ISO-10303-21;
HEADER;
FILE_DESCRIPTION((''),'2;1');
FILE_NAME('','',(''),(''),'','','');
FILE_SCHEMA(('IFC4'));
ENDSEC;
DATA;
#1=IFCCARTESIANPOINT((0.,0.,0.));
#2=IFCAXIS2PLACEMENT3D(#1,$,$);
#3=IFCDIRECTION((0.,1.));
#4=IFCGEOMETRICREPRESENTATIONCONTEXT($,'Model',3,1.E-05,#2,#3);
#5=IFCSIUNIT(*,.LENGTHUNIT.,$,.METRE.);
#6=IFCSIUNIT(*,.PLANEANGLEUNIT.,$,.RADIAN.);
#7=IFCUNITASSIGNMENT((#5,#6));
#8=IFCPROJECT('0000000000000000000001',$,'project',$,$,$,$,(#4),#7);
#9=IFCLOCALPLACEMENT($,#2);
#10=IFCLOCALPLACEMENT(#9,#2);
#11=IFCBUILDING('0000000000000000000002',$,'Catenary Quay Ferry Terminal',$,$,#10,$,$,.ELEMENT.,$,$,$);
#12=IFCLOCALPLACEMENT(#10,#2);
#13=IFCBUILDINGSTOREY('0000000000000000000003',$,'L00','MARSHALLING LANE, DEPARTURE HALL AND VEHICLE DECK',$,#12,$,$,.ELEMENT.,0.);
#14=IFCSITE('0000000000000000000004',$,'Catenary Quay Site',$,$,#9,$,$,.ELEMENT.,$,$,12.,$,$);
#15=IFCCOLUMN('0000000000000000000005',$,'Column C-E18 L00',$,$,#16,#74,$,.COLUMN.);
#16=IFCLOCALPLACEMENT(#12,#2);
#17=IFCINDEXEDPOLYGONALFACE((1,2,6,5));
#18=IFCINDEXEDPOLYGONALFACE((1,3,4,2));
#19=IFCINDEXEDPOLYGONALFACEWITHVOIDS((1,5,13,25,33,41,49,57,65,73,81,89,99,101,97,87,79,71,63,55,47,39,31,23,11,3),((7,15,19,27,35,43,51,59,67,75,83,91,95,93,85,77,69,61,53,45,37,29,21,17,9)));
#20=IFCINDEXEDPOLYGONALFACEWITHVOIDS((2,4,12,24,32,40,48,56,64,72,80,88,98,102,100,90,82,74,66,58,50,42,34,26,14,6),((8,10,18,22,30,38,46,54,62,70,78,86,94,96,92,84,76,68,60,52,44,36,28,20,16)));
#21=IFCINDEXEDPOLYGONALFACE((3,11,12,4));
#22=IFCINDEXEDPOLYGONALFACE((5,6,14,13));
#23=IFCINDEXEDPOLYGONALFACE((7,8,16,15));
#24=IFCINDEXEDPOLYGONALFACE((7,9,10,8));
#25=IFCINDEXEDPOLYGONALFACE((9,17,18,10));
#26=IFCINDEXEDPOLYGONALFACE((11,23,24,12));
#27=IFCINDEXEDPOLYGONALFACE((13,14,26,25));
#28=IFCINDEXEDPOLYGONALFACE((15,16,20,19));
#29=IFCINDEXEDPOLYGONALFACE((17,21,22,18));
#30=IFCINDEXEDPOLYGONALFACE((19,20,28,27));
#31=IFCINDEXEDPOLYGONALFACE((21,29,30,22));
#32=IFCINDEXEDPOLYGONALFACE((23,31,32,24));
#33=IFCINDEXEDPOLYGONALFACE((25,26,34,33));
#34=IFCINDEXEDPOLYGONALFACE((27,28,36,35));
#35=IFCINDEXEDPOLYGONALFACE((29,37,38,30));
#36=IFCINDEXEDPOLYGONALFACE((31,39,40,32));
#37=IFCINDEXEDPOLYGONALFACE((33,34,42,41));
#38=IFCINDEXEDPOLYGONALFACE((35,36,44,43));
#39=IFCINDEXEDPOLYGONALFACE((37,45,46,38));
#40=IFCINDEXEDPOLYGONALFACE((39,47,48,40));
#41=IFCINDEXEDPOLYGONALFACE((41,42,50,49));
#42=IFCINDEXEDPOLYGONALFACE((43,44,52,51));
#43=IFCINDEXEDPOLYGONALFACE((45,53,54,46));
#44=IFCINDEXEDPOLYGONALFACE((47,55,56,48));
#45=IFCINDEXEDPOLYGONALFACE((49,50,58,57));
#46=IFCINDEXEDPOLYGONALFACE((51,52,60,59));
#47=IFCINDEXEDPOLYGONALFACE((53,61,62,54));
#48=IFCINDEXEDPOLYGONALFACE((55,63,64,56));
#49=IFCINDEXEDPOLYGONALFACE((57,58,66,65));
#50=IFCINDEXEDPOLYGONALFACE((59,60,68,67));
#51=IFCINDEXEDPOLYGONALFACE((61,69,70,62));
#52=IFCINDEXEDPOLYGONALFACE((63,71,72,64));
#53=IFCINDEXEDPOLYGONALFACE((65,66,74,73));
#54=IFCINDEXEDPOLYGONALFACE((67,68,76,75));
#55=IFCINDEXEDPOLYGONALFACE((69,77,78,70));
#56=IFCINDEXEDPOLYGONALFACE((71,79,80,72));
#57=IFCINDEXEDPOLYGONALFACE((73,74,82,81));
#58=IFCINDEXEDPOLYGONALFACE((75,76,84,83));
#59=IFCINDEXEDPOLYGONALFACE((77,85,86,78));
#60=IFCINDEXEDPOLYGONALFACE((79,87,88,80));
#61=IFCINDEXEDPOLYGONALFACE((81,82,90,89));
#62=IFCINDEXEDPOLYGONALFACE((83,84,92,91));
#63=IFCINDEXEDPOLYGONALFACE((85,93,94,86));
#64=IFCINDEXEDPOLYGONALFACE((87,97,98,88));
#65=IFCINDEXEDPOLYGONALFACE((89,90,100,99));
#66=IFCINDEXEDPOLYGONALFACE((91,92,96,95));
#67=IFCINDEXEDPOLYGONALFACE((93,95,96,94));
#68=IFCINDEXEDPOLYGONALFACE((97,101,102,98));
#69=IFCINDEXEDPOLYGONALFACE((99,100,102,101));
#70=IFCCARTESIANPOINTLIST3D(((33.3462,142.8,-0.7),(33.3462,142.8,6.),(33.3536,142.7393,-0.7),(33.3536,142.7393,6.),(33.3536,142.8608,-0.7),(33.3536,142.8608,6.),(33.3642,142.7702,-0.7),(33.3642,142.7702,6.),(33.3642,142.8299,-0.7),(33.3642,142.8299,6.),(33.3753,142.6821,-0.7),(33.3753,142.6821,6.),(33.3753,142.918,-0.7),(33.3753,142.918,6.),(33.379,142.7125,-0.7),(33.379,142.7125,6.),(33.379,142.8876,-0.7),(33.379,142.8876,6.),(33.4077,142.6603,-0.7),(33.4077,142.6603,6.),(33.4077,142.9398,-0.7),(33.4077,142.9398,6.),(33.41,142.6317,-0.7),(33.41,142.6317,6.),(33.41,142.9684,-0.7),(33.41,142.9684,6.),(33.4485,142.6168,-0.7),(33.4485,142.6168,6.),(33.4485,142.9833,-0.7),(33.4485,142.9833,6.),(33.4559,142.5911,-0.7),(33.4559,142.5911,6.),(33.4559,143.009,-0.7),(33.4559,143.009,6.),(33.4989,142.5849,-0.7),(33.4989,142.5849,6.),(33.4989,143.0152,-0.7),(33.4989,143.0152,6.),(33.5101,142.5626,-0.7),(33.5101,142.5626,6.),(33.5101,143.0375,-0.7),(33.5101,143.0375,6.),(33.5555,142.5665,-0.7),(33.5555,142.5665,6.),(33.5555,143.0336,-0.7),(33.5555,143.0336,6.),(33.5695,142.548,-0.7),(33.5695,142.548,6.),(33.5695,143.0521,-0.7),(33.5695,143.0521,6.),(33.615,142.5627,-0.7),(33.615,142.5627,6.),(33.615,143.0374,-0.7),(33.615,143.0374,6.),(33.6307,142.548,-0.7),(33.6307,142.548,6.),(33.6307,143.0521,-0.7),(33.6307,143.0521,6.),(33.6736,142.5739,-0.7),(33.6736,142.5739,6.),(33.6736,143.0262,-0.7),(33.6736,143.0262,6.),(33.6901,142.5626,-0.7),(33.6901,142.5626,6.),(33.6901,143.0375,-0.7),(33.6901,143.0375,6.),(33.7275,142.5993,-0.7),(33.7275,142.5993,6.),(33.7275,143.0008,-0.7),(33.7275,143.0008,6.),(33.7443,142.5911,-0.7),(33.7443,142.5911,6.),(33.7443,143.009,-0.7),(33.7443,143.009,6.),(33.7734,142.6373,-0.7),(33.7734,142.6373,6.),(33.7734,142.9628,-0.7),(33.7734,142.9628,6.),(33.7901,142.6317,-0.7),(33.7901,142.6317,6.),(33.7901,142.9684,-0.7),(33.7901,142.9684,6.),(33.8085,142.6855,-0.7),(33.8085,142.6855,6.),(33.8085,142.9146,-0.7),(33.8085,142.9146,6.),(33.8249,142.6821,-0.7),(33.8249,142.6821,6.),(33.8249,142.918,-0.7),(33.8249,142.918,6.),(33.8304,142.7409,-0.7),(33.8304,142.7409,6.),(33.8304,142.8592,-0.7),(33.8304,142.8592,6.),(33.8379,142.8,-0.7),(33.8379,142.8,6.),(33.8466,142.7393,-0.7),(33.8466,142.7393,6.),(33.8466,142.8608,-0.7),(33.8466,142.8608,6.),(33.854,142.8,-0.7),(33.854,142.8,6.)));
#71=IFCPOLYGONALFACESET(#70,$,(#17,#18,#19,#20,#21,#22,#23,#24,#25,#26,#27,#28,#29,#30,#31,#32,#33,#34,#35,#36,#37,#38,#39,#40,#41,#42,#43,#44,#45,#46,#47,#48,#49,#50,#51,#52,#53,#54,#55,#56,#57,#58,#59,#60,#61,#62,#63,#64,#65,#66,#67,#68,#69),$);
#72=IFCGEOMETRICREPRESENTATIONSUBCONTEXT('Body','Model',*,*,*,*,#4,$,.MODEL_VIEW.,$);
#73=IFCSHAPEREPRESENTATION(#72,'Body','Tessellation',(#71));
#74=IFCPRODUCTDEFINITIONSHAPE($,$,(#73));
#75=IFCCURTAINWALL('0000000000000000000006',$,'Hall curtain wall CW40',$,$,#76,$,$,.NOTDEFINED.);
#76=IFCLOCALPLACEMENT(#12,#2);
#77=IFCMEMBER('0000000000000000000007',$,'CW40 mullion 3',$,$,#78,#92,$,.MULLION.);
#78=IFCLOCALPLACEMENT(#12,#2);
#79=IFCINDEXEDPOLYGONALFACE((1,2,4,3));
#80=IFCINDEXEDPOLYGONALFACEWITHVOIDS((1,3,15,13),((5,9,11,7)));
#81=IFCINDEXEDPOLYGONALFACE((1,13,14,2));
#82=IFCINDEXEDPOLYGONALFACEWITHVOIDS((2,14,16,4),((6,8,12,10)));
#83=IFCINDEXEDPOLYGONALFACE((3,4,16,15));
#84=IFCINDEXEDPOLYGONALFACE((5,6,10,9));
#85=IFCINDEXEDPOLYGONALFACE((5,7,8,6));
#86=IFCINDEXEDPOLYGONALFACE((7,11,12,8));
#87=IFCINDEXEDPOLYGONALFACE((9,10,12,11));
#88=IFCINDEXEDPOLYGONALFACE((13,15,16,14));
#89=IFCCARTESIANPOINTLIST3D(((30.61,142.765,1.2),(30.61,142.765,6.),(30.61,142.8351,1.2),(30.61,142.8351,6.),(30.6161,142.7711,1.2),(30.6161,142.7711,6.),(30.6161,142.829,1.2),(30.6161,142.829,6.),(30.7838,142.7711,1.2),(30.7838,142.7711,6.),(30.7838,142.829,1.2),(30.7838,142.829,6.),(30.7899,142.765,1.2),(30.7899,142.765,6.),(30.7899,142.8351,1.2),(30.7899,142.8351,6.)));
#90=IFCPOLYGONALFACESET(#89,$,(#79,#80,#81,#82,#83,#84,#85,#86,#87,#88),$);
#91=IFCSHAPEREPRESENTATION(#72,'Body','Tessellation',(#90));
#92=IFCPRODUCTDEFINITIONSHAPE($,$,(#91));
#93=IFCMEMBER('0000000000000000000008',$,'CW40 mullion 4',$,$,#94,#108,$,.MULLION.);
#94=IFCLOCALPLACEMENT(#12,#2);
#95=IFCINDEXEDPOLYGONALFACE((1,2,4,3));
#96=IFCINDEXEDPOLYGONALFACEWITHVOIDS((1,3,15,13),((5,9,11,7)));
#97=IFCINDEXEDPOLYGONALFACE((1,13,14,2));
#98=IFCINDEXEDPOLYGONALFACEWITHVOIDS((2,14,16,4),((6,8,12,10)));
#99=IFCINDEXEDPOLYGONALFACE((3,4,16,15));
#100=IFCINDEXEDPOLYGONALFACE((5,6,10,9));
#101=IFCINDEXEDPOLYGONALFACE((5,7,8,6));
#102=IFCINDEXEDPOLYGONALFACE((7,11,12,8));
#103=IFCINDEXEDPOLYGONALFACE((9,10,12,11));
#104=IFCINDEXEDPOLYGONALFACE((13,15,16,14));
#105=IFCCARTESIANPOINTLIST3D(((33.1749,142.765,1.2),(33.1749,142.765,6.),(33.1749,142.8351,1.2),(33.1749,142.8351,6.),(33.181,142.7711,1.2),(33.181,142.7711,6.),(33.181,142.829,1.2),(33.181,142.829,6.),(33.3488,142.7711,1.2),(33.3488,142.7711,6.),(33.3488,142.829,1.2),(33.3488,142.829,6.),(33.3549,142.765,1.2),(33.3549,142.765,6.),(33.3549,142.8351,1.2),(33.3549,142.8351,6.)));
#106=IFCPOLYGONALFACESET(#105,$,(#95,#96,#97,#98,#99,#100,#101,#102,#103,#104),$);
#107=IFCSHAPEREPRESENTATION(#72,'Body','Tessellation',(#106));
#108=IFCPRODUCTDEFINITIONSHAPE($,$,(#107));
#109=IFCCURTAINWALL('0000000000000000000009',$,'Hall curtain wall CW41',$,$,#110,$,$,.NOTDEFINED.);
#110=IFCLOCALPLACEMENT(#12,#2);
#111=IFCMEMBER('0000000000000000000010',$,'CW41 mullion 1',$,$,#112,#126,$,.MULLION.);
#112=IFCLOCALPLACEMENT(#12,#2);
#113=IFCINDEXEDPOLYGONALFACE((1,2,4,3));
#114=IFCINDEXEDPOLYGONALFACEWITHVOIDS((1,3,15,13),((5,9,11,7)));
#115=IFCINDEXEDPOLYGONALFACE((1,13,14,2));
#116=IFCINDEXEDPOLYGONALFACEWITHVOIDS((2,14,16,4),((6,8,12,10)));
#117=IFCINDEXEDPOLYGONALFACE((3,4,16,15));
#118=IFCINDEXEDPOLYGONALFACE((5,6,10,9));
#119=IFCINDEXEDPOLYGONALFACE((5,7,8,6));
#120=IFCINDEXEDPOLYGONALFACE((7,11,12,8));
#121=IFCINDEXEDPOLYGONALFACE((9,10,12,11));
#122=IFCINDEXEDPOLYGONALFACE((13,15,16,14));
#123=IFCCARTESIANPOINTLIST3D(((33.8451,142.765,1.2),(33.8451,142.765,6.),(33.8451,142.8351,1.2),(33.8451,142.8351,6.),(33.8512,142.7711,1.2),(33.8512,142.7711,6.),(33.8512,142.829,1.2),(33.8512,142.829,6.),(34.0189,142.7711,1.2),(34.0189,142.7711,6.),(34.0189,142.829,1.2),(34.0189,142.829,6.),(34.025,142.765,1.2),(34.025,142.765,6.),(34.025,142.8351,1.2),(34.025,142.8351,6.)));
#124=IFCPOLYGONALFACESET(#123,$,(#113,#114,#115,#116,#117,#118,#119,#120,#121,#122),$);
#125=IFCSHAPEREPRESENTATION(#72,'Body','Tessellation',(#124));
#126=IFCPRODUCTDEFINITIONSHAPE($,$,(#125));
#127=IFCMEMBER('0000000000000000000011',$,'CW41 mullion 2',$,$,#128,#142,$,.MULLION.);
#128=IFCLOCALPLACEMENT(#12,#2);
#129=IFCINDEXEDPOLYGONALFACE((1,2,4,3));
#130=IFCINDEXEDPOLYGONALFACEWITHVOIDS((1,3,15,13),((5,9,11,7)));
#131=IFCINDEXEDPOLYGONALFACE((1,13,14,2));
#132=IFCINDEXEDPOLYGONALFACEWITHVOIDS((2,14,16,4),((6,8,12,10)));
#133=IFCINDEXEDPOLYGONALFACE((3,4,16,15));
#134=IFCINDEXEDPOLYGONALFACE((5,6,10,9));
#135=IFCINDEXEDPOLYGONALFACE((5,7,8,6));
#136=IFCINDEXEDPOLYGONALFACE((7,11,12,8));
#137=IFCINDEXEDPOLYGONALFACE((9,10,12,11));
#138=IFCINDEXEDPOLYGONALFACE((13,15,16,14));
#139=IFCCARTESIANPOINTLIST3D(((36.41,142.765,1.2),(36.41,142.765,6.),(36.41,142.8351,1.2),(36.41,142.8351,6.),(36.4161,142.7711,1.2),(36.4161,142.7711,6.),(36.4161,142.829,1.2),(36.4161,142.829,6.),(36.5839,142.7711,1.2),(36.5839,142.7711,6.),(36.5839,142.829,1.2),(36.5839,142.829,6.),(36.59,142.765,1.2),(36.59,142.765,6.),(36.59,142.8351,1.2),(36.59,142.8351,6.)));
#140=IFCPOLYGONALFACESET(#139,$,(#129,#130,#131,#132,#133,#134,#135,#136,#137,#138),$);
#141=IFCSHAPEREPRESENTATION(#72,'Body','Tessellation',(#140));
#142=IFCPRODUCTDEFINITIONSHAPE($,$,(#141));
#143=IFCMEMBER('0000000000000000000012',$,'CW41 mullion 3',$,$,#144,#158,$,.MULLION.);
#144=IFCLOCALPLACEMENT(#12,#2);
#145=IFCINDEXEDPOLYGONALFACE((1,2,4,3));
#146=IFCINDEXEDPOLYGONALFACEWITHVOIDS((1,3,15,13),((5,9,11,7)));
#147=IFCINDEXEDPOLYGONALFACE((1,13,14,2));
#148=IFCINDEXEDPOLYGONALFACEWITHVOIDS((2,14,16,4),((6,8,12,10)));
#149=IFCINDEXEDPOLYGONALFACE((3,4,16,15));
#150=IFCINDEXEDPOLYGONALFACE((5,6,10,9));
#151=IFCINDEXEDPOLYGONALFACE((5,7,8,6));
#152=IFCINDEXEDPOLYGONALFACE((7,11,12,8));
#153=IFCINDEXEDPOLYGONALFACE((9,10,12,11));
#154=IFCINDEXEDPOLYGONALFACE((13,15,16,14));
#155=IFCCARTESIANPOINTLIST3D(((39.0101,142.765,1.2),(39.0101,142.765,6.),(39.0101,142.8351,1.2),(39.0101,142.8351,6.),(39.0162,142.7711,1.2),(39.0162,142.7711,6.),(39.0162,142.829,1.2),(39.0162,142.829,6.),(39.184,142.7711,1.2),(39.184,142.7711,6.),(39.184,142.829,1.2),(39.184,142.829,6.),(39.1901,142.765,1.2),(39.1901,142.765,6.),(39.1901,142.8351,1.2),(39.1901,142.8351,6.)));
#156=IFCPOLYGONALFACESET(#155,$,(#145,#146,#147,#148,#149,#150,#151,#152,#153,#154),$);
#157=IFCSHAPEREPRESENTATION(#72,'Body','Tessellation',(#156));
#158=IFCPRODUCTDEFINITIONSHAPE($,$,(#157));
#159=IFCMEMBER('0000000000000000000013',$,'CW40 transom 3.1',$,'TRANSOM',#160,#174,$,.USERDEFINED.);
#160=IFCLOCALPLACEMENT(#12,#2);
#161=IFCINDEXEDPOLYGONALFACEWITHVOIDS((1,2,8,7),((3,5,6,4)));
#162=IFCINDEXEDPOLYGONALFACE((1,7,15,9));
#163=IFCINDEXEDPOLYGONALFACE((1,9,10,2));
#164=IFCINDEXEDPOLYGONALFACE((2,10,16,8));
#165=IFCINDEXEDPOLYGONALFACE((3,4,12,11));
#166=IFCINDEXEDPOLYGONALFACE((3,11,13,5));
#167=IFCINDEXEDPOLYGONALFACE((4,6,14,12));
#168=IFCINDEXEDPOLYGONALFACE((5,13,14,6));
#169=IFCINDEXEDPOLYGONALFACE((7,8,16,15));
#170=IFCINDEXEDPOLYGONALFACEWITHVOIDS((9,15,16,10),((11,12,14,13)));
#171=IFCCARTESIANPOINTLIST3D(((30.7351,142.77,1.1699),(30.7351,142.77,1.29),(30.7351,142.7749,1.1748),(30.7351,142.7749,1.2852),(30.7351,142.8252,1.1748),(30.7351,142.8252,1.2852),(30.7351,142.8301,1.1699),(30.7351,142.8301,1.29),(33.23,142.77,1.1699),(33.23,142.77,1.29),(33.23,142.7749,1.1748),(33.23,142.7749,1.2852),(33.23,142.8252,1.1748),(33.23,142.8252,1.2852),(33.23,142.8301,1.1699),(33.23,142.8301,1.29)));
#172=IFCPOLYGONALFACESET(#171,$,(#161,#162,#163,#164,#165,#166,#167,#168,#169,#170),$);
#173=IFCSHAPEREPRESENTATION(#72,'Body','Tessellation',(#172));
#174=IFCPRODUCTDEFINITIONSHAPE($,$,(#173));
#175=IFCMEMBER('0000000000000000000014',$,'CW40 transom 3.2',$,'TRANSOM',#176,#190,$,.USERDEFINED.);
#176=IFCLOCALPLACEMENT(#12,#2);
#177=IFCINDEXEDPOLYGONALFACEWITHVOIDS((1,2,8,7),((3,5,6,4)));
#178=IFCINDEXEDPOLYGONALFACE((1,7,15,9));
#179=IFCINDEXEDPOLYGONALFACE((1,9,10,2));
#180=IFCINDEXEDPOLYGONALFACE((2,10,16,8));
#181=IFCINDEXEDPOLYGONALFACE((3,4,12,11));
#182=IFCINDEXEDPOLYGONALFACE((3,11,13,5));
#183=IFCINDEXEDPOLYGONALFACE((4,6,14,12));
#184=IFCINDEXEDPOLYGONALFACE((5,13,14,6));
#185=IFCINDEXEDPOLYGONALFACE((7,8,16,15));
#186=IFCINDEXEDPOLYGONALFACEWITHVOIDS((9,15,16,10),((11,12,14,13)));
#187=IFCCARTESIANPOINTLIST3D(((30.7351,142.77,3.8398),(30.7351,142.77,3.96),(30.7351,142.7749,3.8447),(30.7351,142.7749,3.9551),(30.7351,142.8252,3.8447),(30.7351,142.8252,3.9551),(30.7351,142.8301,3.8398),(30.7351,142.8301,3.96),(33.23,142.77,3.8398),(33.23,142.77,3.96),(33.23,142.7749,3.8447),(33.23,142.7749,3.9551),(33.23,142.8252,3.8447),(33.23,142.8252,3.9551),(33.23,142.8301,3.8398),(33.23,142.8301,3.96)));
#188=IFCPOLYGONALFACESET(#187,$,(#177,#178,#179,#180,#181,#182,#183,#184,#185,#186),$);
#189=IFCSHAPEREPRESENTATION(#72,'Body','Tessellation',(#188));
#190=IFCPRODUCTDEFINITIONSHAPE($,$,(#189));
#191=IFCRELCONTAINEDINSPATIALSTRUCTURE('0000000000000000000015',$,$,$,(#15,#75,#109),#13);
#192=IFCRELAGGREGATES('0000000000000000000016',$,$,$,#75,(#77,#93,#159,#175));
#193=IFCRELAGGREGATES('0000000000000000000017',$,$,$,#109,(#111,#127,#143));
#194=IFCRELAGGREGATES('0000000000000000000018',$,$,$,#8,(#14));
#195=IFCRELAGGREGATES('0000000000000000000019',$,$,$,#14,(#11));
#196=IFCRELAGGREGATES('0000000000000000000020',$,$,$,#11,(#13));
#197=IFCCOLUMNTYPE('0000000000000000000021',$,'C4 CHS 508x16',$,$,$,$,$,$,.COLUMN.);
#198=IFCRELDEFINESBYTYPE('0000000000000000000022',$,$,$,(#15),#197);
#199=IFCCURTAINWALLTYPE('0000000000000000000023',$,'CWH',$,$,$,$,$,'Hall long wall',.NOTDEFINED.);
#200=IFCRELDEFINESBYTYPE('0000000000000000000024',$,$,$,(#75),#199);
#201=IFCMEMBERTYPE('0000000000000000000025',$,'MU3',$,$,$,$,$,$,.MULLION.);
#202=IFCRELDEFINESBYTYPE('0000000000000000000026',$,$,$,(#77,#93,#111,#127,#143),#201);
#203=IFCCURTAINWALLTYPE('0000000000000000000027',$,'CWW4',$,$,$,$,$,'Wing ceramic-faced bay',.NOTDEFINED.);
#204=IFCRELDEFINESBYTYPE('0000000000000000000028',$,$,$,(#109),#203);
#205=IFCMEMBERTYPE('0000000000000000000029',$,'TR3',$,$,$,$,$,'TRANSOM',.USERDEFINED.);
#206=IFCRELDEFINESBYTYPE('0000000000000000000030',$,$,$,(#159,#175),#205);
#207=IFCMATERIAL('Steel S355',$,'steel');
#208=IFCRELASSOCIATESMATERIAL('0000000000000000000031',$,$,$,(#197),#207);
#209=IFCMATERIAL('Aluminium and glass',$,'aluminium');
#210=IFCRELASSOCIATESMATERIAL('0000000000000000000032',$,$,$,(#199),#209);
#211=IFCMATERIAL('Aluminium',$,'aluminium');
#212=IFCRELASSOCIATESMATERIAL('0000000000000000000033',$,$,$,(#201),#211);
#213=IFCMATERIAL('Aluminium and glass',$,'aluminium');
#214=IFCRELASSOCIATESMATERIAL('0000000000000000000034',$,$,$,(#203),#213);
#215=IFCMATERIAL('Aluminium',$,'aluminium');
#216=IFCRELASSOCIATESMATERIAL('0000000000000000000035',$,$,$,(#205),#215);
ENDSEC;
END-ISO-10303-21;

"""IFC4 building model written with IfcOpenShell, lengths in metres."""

from ifc_helpers import new_model, si_unit, direction, frame, origin, origin_2d, place, context, subcontext, project, spatial, hollow_rectangle, hollow_circle, extrude, material, material_profile, profile_set, type_object, element, aggregate, save


model = new_model("IFC4")

# Units and contexts
model_context = context("Model", 3, precision=1e-05, world=origin(), true_north=direction((0.0, 1.0)))
body_context = subcontext(model_context, "Body", "Model", "MODEL_VIEW")
ifc_project = project(units=[si_unit("LENGTHUNIT", "METRE"), si_unit("PLANEANGLEUNIT", "RADIAN")], contexts=[model_context])

# Site, building, storey
site_placement = place(None, origin())
site = spatial("IfcSite", under=ifc_project, at=site_placement, Name="Catenary Quay Site", CompositionType="ELEMENT", RefElevation=12.0)
building_placement = place(site_placement, origin())
building = spatial("IfcBuilding", under=site, at=building_placement, Name="Catenary Quay Ferry Terminal", CompositionType="ELEMENT")
storey_placement = place(building_placement, origin())
storey = spatial("IfcBuildingStorey", under=building, at=storey_placement, Name="L00", Description="MARSHALLING LANE, DEPARTURE HALL AND VEHICLE DECK", CompositionType="ELEMENT", Elevation=0.0)

# Column
ifc_material_1 = material(Name="Steel S355", Category="steel")
ifc_material_profile_1 = material_profile(ifc_material_1, hollow_circle(Radius=0.2539, WallThickness=0.0161, at=origin_2d()), Name="CHS 508x16")
ifc_profile_set_1 = profile_set([ifc_material_profile_1], Name="Steel S355")
column_type = type_object("IfcColumnType", Name="C4 CHS 508x16", PredefinedType="COLUMN", material=ifc_profile_set_1)
column_placement = place(storey_placement, frame((33.6001, 142.8, -0.7), z_axis=(0.0, 0.0, 1.0), x_axis=(1.0, 0.0, 0.0)))
element("IfcColumn", 1, at=column_placement, inside=storey, type_object=column_type, Name="Column C-E18 L00", PredefinedType="COLUMN", context=body_context, shape_type="SweptSolid", body=[
    extrude(hollow_circle(Radius=0.2539, WallThickness=0.0161, at=origin_2d()), origin(), (0.0, 0.0, 1.0), 6.7),
])

# Curtain walls, members
ifc_material_2 = material(Name="Aluminium and glass", Category="aluminium")
curtain_wall_type_1 = type_object("IfcCurtainWallType", Name="CWH", ElementType="Hall long wall", PredefinedType="NOTDEFINED", material=ifc_material_2)
curtain_wall_1_placement = place(storey_placement, origin())
curtain_wall_1 = element("IfcCurtainWall", 2, at=curtain_wall_1_placement, inside=storey, type_object=curtain_wall_type_1, Name="Hall curtain wall CW40", PredefinedType="NOTDEFINED")
ifc_material_3 = material(Name="Aluminium", Category="aluminium")
ifc_material_profile_2 = material_profile(ifc_material_3, hollow_rectangle(XDim=0.0701, YDim=0.1799, WallThickness=0.0061, at=origin_2d()), Name="MU3")
ifc_profile_set_2 = profile_set([ifc_material_profile_2], Name="Aluminium")
member_type_1 = type_object("IfcMemberType", Name="MU3", PredefinedType="MULLION", material=ifc_profile_set_2)
member_1_placement = place(storey_placement, frame((30.7, 142.8, 1.2), z_axis=(0.0, 0.0, 1.0), x_axis=(0.0, 1.0, 0.0)))
member_1 = element("IfcMember", 3, at=member_1_placement, type_object=member_type_1, Name="CW40 mullion 3", PredefinedType="MULLION", context=body_context, shape_type="SweptSolid", body=[
    extrude(hollow_rectangle(XDim=0.0701, YDim=0.1799, WallThickness=0.0061, at=origin_2d()), origin(), (0.0, 0.0, 1.0), 4.8),
])
member_2_placement = place(storey_placement, frame((33.2649, 142.8, 1.2), z_axis=(0.0, 0.0, 1.0), x_axis=(0.0, 1.0, 0.0)))
member_2 = element("IfcMember", 4, at=member_2_placement, type_object=member_type_1, Name="CW40 mullion 4", PredefinedType="MULLION", context=body_context, shape_type="SweptSolid", body=[
    extrude(hollow_rectangle(XDim=0.0701, YDim=0.1799, WallThickness=0.0061, at=origin_2d()), origin(), (0.0, 0.0, 1.0), 4.8),
])
ifc_material_4 = material(Name="Aluminium and glass", Category="aluminium")
curtain_wall_type_2 = type_object("IfcCurtainWallType", Name="CWW4", ElementType="Wing ceramic-faced bay", PredefinedType="NOTDEFINED", material=ifc_material_4)
curtain_wall_2_placement = place(storey_placement, origin())
curtain_wall_2 = element("IfcCurtainWall", 5, at=curtain_wall_2_placement, inside=storey, type_object=curtain_wall_type_2, Name="Hall curtain wall CW41", PredefinedType="NOTDEFINED")
member_3_placement = place(storey_placement, frame((33.9351, 142.8, 1.2), z_axis=(0.0, 0.0, 1.0), x_axis=(0.0, 1.0, 0.0)))
member_3 = element("IfcMember", 6, at=member_3_placement, type_object=member_type_1, Name="CW41 mullion 1", PredefinedType="MULLION", context=body_context, shape_type="SweptSolid", body=[
    extrude(hollow_rectangle(XDim=0.0701, YDim=0.1799, WallThickness=0.0061, at=origin_2d()), origin(), (0.0, 0.0, 1.0), 4.8),
])
member_4_placement = place(storey_placement, frame((36.5, 142.8, 1.2), z_axis=(0.0, 0.0, 1.0), x_axis=(0.0, 1.0, 0.0)))
member_4 = element("IfcMember", 7, at=member_4_placement, type_object=member_type_1, Name="CW41 mullion 2", PredefinedType="MULLION", context=body_context, shape_type="SweptSolid", body=[
    extrude(hollow_rectangle(XDim=0.0701, YDim=0.1799, WallThickness=0.0061, at=origin_2d()), origin(), (0.0, 0.0, 1.0), 4.8),
])
member_5_placement = place(storey_placement, frame((39.1001, 142.8, 1.2), z_axis=(0.0, 0.0, 1.0), x_axis=(0.0, 1.0, 0.0)))
member_5 = element("IfcMember", 8, at=member_5_placement, type_object=member_type_1, Name="CW41 mullion 3", PredefinedType="MULLION", context=body_context, shape_type="SweptSolid", body=[
    extrude(hollow_rectangle(XDim=0.0701, YDim=0.1799, WallThickness=0.0061, at=origin_2d()), origin(), (0.0, 0.0, 1.0), 4.8),
])

# Members
ifc_material_5 = material(Name="Aluminium", Category="aluminium")
ifc_material_profile_3 = material_profile(ifc_material_5, hollow_rectangle(XDim=0.0601, YDim=0.1201, WallThickness=0.0049, at=origin_2d()), Name="TR3")
ifc_profile_set_3 = profile_set([ifc_material_profile_3], Name="Aluminium")
member_type_2 = type_object("IfcMemberType", Name="TR3", ElementType="TRANSOM", PredefinedType="USERDEFINED", material=ifc_profile_set_3)
member_6_placement = place(storey_placement, frame((30.7351, 142.8, 1.23), z_axis=(1.0, 0.0, 0.0), x_axis=(0.0, 1.0, 0.0)))
member_6 = element("IfcMember", 9, at=member_6_placement, type_object=member_type_2, Name="CW40 transom 3.1", ObjectType="TRANSOM", PredefinedType="USERDEFINED", context=body_context, shape_type="SweptSolid", body=[
    extrude(hollow_rectangle(XDim=0.0601, YDim=0.1201, WallThickness=0.0049, at=origin_2d()), origin(), (0.0, 0.0, 1.0), 2.4949),
])
member_7_placement = place(storey_placement, frame((30.7351, 142.8, 3.8999), z_axis=(1.0, 0.0, 0.0), x_axis=(0.0, 1.0, 0.0)))
member_7 = element("IfcMember", 10, at=member_7_placement, type_object=member_type_2, Name="CW40 transom 3.2", ObjectType="TRANSOM", PredefinedType="USERDEFINED", context=body_context, shape_type="SweptSolid", body=[
    extrude(hollow_rectangle(XDim=0.0601, YDim=0.1201, WallThickness=0.0049, at=origin_2d()), origin(), (0.0, 0.0, 1.0), 2.4949),
])

aggregate(curtain_wall_1, [member_1, member_2, member_6, member_7])
aggregate(curtain_wall_2, [member_3, member_4, member_5])

save(model, "model.ifc")
